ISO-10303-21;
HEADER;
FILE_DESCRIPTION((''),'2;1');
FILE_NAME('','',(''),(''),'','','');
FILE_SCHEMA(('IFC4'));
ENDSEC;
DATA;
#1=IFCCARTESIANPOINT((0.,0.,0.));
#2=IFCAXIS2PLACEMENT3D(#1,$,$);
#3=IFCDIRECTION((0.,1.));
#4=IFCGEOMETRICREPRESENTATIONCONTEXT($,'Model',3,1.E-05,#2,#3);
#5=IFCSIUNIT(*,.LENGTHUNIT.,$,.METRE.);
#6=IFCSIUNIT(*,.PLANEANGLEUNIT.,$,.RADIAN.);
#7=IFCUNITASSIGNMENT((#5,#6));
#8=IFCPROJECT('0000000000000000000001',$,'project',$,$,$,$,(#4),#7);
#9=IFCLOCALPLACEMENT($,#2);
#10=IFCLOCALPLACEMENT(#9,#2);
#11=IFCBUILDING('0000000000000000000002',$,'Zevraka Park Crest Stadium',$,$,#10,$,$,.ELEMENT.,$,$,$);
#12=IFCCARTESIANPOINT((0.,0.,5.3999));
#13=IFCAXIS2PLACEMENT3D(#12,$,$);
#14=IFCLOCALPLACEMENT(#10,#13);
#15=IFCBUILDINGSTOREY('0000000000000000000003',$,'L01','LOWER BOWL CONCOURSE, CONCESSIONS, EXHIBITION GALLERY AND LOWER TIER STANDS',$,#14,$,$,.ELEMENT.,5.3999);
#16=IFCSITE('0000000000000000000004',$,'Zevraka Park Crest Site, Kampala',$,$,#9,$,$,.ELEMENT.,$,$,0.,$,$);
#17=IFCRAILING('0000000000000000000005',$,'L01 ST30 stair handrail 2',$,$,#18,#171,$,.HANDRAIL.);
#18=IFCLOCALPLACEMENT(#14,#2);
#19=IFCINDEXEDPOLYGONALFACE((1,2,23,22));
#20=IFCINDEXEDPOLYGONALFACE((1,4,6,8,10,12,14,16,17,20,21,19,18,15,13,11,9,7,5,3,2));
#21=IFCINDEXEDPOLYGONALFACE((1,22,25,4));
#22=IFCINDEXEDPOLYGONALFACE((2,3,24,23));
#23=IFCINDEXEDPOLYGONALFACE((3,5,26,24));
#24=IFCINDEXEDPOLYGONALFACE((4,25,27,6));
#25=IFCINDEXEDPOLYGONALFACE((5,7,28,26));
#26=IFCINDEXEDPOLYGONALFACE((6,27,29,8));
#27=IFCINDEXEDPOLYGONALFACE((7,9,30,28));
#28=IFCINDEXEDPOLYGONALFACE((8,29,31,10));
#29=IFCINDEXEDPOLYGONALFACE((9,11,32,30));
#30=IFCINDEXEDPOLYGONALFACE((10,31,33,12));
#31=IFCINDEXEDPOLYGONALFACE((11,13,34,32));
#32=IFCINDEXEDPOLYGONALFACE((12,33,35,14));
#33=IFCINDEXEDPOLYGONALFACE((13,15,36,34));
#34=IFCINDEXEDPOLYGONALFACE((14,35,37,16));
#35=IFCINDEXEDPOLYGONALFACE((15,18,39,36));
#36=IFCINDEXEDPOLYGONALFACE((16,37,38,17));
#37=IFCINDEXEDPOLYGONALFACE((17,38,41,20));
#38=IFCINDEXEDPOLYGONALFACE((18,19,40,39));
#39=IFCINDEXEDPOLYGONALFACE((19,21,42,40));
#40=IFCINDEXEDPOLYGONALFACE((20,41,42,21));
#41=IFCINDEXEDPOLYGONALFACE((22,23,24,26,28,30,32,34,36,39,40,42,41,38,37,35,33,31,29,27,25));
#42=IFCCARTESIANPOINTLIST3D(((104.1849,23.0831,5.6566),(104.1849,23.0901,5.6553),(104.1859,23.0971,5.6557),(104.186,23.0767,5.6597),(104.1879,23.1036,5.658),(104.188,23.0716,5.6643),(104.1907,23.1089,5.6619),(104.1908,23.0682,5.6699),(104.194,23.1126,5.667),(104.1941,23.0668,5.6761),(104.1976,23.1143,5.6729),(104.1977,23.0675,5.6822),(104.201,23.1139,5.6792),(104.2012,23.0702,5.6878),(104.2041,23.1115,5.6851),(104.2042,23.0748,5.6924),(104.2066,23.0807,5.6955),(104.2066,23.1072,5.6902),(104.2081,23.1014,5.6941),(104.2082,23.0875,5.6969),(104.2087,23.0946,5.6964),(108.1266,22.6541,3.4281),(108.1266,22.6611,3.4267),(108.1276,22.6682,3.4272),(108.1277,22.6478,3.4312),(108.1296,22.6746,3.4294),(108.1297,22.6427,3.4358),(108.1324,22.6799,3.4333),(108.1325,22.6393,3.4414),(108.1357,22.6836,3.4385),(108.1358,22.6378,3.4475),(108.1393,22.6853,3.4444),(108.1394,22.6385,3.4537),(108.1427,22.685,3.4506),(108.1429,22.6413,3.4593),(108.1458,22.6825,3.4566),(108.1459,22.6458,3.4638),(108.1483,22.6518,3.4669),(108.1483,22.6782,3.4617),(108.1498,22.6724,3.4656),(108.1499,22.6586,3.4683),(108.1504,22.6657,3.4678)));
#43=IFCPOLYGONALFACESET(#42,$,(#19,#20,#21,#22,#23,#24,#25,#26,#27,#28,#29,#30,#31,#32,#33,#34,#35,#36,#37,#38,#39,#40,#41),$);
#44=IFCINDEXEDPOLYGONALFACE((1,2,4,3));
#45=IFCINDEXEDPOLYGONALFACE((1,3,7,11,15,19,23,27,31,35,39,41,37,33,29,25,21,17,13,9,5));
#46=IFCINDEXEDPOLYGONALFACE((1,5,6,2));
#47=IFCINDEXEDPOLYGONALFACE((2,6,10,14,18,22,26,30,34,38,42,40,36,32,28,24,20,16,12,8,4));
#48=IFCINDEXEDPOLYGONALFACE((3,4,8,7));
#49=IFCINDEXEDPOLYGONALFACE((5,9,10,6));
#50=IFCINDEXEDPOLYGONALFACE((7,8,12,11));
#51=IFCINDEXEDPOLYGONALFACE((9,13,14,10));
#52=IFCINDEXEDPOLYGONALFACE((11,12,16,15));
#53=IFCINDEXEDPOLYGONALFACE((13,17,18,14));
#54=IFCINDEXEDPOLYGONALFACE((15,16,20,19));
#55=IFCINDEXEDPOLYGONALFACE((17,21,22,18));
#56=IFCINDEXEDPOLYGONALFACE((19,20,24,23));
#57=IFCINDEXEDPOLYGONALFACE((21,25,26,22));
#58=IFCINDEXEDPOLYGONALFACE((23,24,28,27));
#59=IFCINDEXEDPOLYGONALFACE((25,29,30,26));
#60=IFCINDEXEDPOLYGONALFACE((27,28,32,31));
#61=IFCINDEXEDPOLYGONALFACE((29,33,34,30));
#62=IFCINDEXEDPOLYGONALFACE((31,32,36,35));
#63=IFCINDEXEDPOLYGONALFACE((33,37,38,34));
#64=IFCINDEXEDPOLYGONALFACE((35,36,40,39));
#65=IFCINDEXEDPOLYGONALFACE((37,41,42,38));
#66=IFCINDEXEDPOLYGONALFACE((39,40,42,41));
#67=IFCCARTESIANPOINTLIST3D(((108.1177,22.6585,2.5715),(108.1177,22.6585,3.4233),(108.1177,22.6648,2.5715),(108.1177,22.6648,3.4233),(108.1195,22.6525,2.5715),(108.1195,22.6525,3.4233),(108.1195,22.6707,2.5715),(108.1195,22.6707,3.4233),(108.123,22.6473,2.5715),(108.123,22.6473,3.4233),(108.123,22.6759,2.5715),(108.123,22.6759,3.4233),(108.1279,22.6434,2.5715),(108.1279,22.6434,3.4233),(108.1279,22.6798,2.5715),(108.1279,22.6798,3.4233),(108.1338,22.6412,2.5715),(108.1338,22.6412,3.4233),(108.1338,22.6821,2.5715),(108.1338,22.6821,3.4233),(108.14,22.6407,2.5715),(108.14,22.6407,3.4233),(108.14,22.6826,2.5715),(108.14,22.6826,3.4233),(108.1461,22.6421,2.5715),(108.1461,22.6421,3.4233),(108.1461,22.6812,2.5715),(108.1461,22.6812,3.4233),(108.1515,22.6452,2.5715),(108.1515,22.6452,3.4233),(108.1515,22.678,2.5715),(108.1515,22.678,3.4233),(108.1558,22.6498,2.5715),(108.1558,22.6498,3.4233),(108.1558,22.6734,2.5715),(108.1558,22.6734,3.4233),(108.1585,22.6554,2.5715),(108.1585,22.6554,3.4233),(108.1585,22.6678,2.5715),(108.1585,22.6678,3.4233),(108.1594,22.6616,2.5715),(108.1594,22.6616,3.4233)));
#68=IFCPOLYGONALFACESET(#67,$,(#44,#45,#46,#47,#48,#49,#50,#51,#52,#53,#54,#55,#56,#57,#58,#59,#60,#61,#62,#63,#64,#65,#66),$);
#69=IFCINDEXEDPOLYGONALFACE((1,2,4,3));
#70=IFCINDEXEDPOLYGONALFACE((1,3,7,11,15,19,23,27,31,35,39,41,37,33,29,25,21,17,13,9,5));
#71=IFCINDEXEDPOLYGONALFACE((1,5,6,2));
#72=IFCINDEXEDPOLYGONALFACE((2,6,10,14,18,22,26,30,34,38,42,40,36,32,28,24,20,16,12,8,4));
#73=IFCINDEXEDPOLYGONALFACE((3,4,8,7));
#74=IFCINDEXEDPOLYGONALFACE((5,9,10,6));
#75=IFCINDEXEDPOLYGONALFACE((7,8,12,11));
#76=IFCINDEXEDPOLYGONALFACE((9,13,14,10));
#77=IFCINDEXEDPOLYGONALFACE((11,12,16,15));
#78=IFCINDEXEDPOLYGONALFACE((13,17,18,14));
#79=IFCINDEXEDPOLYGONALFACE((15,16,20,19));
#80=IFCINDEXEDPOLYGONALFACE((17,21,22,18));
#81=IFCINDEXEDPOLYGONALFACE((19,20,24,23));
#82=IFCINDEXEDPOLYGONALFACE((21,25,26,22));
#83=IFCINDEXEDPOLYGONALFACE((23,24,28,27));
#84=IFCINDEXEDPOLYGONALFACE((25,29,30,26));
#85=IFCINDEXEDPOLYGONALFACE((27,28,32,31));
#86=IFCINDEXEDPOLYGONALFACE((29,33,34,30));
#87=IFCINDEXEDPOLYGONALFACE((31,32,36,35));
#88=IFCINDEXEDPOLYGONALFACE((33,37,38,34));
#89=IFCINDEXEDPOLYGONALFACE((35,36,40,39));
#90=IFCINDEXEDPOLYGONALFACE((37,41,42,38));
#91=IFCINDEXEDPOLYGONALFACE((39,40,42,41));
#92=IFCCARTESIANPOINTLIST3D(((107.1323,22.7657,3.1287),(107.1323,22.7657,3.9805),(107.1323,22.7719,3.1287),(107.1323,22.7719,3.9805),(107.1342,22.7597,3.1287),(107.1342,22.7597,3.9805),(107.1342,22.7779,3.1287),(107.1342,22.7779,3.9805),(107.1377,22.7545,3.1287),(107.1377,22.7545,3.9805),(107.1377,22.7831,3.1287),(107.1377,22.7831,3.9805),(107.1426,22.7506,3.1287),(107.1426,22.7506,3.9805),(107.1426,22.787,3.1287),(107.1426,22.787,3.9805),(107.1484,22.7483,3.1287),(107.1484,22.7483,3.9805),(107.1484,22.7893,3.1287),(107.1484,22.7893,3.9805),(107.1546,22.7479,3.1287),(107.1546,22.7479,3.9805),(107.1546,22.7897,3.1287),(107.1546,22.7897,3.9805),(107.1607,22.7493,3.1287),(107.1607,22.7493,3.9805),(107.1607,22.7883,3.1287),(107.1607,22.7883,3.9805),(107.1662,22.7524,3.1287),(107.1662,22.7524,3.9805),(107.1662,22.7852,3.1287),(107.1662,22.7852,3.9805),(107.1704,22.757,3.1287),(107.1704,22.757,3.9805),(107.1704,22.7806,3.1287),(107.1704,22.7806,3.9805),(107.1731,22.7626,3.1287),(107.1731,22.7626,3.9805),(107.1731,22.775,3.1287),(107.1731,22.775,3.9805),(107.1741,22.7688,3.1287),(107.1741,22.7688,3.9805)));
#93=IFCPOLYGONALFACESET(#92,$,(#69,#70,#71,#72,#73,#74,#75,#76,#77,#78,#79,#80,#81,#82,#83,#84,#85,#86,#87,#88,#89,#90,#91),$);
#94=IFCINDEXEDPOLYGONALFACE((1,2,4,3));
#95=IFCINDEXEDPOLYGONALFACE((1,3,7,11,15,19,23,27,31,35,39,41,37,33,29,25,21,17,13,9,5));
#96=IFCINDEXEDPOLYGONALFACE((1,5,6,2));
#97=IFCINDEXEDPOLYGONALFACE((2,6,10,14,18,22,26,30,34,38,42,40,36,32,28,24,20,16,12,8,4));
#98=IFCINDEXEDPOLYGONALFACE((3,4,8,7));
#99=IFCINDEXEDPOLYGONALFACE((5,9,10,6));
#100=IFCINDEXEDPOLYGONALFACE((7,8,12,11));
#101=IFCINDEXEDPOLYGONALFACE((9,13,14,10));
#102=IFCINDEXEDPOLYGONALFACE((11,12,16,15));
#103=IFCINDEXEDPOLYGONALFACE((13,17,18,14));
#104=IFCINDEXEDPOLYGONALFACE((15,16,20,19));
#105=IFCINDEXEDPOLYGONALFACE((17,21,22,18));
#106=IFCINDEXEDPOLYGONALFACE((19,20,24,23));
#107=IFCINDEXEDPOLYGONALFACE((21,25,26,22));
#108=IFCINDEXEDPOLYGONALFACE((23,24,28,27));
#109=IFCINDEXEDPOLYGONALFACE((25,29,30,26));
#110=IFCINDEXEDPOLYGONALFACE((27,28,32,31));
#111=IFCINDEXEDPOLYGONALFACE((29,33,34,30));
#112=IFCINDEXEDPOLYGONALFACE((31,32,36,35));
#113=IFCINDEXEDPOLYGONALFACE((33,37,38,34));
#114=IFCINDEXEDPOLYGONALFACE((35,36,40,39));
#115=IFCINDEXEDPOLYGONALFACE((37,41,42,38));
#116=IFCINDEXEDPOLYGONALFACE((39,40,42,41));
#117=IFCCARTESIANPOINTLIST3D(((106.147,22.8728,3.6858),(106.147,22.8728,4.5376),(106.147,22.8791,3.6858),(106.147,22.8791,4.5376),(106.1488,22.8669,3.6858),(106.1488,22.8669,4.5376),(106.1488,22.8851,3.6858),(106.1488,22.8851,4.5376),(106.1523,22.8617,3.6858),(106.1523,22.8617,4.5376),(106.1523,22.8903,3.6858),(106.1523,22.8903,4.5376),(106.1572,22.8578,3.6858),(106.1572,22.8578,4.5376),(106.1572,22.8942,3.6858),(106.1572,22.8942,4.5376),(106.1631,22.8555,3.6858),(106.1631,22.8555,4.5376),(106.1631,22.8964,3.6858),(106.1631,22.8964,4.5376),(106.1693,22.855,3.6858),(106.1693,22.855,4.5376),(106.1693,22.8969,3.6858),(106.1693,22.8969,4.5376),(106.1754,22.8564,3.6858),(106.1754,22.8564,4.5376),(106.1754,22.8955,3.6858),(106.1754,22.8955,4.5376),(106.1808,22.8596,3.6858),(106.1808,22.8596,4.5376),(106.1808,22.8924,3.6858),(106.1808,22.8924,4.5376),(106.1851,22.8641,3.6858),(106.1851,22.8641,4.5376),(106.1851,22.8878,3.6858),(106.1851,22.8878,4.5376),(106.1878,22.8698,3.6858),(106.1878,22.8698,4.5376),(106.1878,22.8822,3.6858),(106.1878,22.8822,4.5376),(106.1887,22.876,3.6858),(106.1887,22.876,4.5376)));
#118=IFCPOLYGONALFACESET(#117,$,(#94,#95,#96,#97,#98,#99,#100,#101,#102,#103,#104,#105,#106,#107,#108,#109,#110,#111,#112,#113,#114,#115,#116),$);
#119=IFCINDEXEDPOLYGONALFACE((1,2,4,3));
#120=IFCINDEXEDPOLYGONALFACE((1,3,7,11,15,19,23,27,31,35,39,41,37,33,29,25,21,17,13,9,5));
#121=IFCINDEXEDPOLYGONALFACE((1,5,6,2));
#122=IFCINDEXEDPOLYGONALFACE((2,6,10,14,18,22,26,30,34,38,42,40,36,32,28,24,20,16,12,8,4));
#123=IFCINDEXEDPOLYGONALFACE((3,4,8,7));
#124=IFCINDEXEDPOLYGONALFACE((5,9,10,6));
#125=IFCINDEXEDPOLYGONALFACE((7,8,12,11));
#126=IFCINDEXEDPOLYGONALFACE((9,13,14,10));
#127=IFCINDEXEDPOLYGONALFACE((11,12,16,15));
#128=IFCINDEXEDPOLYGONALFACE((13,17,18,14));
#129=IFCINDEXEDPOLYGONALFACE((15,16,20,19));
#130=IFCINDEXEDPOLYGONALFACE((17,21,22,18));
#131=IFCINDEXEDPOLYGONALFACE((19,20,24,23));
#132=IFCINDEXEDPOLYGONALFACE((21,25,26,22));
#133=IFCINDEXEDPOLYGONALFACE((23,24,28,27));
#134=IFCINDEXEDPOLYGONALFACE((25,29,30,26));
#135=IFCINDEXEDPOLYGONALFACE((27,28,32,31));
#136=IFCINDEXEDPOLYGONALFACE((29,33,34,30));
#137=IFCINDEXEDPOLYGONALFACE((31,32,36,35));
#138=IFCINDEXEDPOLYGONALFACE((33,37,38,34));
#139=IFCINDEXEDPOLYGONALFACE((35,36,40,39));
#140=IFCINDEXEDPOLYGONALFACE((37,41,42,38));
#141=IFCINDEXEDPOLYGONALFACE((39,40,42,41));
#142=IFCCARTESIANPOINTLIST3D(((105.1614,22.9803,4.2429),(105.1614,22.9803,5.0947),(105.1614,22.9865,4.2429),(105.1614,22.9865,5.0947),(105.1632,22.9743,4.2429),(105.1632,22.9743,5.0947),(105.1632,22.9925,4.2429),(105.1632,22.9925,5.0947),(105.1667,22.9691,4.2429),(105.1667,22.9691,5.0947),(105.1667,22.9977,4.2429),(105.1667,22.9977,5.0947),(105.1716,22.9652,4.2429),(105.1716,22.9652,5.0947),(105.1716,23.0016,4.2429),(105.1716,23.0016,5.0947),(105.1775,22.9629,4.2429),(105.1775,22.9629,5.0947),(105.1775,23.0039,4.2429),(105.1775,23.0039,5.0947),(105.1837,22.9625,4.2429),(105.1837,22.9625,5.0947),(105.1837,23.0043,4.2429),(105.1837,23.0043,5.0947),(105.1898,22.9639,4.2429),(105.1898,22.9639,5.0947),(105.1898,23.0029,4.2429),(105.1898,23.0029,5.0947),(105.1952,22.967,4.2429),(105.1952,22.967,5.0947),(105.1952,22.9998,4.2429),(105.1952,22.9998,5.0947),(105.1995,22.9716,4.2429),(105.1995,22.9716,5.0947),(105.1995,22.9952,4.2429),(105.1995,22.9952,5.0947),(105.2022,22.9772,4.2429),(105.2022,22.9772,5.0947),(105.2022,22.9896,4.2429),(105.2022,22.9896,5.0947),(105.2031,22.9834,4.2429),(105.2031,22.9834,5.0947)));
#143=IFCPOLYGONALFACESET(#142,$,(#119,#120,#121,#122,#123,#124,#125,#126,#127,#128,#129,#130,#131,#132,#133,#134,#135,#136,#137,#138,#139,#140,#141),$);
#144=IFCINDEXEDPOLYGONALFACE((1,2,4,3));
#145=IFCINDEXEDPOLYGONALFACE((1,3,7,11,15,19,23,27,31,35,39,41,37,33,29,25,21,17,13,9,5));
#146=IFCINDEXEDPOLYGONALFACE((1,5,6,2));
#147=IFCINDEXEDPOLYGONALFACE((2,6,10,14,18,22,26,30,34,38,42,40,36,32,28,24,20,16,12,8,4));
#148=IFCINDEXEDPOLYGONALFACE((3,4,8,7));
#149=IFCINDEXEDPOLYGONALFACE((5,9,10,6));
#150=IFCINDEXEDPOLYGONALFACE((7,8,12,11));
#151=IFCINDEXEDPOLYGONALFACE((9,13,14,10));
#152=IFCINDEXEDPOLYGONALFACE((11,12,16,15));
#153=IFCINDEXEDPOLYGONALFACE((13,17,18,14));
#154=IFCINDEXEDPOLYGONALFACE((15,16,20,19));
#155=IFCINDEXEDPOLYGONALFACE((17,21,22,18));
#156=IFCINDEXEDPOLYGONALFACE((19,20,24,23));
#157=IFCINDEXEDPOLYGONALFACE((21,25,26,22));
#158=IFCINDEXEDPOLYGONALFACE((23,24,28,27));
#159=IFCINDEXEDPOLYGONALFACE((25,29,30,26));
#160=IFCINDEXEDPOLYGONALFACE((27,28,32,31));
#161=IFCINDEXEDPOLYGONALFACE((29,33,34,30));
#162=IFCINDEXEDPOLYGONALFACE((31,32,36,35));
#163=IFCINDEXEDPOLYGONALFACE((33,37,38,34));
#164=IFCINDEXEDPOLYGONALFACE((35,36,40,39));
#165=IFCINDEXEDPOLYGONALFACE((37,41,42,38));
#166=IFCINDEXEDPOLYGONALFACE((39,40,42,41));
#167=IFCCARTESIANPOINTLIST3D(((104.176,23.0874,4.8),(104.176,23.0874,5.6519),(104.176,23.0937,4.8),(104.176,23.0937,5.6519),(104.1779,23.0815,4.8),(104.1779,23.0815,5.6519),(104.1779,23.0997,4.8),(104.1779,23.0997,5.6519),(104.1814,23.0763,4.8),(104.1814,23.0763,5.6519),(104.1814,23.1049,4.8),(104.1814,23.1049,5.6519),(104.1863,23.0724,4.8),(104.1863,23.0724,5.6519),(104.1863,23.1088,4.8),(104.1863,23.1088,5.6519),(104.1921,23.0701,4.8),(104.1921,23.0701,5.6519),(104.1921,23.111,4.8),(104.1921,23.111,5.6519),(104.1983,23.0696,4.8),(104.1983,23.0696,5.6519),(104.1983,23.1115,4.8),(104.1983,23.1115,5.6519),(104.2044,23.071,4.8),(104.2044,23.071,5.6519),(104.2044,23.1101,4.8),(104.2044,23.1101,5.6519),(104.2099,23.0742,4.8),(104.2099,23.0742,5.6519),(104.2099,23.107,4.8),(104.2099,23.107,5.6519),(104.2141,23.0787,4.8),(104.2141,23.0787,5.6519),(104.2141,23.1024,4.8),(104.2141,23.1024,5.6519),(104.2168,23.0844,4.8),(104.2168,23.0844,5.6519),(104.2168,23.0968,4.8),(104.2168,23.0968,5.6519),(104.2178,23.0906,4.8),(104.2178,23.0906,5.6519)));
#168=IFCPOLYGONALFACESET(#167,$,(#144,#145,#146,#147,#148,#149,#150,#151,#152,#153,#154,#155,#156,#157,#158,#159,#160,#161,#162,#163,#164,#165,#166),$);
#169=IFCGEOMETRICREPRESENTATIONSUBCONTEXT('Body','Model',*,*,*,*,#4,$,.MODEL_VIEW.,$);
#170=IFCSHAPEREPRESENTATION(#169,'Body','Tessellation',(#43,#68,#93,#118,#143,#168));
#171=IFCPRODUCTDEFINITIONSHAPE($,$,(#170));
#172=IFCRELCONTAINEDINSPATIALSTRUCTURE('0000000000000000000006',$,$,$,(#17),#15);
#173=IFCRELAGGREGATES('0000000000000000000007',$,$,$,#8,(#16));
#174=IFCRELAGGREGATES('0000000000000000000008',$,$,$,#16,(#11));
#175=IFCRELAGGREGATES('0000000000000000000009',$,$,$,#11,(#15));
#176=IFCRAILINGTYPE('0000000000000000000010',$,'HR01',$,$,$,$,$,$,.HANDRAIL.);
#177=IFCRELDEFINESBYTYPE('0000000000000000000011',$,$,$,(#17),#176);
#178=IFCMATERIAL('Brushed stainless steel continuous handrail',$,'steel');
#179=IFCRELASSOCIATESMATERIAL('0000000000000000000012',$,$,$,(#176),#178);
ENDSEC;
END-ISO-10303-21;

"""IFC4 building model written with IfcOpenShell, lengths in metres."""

from ifc_helpers import new_model, si_unit, direction, frame, origin, origin_2d, place, context, subcontext, project, spatial, circle, extrude, material, type_object, element, save


model = new_model("IFC4")

# Units and contexts
model_context = context("Model", 3, precision=1e-05, world=origin(), true_north=direction((0.0, 1.0)))
body_context = subcontext(model_context, "Body", "Model", "MODEL_VIEW")
ifc_project = project(units=[si_unit("LENGTHUNIT", "METRE"), si_unit("PLANEANGLEUNIT", "RADIAN")], contexts=[model_context])

# Site, building, storey
site_placement = place(None, origin())
site = spatial("IfcSite", under=ifc_project, at=site_placement, Name="Zevraka Park Crest Site, Kampala", CompositionType="ELEMENT", RefElevation=0.0)
building_placement = place(site_placement, origin())
building = spatial("IfcBuilding", under=site, at=building_placement, Name="Zevraka Park Crest Stadium", CompositionType="ELEMENT")
storey_placement = place(building_placement, frame((0.0, 0.0, 5.3999)))
storey = spatial("IfcBuildingStorey", under=building, at=storey_placement, Name="L01", Description="LOWER BOWL CONCOURSE, CONCESSIONS, EXHIBITION GALLERY AND LOWER TIER STANDS", CompositionType="ELEMENT", Elevation=5.3999)

# Railing
ifc_material_1 = material(Name="Brushed stainless steel continuous handrail", Category="steel")
railing_type_1 = type_object("IfcRailingType", Name="HR01", PredefinedType="HANDRAIL", material=ifc_material_1)
railing_1_placement = place(storey_placement, frame((108.1384, 22.6616, 2.5715)))
element("IfcRailing", 1, at=railing_1_placement, inside=storey, type_object=railing_type_1, Name="L01 ST30 stair handrail 2", PredefinedType="HANDRAIL", context=body_context, shape_type="SweptSolid", body=[
    extrude(circle(Radius=0.0239, at=origin_2d()), frame((0.0, 0.0, 0.876), z_axis=(-0.866624, 0.094311, 0.489968), x_axis=(-0.108188, -0.994131, 0.0)), (0.0, 0.0, 1.0), 4.5483),
    extrude(circle(Radius=0.021, at=origin_2d()), origin(), (0.0, 0.0, 1.0), 0.8518),
    extrude(circle(Radius=0.021, at=origin_2d()), frame((-0.9854, 0.1072, 0.5571)), (0.0, 0.0, 1.0), 0.8518),
    extrude(circle(Radius=0.021, at=origin_2d()), frame((-1.9707, 0.2144, 1.1143)), (0.0, 0.0, 1.0), 0.8518),
    extrude(circle(Radius=0.021, at=origin_2d()), frame((-2.9563, 0.3218, 1.6714)), (0.0, 0.0, 1.0), 0.8518),
    extrude(circle(Radius=0.021, at=origin_2d()), frame((-3.9417, 0.429, 2.2285)), (0.0, 0.0, 1.0), 0.8518),
])

save(model, "model.ifc")
